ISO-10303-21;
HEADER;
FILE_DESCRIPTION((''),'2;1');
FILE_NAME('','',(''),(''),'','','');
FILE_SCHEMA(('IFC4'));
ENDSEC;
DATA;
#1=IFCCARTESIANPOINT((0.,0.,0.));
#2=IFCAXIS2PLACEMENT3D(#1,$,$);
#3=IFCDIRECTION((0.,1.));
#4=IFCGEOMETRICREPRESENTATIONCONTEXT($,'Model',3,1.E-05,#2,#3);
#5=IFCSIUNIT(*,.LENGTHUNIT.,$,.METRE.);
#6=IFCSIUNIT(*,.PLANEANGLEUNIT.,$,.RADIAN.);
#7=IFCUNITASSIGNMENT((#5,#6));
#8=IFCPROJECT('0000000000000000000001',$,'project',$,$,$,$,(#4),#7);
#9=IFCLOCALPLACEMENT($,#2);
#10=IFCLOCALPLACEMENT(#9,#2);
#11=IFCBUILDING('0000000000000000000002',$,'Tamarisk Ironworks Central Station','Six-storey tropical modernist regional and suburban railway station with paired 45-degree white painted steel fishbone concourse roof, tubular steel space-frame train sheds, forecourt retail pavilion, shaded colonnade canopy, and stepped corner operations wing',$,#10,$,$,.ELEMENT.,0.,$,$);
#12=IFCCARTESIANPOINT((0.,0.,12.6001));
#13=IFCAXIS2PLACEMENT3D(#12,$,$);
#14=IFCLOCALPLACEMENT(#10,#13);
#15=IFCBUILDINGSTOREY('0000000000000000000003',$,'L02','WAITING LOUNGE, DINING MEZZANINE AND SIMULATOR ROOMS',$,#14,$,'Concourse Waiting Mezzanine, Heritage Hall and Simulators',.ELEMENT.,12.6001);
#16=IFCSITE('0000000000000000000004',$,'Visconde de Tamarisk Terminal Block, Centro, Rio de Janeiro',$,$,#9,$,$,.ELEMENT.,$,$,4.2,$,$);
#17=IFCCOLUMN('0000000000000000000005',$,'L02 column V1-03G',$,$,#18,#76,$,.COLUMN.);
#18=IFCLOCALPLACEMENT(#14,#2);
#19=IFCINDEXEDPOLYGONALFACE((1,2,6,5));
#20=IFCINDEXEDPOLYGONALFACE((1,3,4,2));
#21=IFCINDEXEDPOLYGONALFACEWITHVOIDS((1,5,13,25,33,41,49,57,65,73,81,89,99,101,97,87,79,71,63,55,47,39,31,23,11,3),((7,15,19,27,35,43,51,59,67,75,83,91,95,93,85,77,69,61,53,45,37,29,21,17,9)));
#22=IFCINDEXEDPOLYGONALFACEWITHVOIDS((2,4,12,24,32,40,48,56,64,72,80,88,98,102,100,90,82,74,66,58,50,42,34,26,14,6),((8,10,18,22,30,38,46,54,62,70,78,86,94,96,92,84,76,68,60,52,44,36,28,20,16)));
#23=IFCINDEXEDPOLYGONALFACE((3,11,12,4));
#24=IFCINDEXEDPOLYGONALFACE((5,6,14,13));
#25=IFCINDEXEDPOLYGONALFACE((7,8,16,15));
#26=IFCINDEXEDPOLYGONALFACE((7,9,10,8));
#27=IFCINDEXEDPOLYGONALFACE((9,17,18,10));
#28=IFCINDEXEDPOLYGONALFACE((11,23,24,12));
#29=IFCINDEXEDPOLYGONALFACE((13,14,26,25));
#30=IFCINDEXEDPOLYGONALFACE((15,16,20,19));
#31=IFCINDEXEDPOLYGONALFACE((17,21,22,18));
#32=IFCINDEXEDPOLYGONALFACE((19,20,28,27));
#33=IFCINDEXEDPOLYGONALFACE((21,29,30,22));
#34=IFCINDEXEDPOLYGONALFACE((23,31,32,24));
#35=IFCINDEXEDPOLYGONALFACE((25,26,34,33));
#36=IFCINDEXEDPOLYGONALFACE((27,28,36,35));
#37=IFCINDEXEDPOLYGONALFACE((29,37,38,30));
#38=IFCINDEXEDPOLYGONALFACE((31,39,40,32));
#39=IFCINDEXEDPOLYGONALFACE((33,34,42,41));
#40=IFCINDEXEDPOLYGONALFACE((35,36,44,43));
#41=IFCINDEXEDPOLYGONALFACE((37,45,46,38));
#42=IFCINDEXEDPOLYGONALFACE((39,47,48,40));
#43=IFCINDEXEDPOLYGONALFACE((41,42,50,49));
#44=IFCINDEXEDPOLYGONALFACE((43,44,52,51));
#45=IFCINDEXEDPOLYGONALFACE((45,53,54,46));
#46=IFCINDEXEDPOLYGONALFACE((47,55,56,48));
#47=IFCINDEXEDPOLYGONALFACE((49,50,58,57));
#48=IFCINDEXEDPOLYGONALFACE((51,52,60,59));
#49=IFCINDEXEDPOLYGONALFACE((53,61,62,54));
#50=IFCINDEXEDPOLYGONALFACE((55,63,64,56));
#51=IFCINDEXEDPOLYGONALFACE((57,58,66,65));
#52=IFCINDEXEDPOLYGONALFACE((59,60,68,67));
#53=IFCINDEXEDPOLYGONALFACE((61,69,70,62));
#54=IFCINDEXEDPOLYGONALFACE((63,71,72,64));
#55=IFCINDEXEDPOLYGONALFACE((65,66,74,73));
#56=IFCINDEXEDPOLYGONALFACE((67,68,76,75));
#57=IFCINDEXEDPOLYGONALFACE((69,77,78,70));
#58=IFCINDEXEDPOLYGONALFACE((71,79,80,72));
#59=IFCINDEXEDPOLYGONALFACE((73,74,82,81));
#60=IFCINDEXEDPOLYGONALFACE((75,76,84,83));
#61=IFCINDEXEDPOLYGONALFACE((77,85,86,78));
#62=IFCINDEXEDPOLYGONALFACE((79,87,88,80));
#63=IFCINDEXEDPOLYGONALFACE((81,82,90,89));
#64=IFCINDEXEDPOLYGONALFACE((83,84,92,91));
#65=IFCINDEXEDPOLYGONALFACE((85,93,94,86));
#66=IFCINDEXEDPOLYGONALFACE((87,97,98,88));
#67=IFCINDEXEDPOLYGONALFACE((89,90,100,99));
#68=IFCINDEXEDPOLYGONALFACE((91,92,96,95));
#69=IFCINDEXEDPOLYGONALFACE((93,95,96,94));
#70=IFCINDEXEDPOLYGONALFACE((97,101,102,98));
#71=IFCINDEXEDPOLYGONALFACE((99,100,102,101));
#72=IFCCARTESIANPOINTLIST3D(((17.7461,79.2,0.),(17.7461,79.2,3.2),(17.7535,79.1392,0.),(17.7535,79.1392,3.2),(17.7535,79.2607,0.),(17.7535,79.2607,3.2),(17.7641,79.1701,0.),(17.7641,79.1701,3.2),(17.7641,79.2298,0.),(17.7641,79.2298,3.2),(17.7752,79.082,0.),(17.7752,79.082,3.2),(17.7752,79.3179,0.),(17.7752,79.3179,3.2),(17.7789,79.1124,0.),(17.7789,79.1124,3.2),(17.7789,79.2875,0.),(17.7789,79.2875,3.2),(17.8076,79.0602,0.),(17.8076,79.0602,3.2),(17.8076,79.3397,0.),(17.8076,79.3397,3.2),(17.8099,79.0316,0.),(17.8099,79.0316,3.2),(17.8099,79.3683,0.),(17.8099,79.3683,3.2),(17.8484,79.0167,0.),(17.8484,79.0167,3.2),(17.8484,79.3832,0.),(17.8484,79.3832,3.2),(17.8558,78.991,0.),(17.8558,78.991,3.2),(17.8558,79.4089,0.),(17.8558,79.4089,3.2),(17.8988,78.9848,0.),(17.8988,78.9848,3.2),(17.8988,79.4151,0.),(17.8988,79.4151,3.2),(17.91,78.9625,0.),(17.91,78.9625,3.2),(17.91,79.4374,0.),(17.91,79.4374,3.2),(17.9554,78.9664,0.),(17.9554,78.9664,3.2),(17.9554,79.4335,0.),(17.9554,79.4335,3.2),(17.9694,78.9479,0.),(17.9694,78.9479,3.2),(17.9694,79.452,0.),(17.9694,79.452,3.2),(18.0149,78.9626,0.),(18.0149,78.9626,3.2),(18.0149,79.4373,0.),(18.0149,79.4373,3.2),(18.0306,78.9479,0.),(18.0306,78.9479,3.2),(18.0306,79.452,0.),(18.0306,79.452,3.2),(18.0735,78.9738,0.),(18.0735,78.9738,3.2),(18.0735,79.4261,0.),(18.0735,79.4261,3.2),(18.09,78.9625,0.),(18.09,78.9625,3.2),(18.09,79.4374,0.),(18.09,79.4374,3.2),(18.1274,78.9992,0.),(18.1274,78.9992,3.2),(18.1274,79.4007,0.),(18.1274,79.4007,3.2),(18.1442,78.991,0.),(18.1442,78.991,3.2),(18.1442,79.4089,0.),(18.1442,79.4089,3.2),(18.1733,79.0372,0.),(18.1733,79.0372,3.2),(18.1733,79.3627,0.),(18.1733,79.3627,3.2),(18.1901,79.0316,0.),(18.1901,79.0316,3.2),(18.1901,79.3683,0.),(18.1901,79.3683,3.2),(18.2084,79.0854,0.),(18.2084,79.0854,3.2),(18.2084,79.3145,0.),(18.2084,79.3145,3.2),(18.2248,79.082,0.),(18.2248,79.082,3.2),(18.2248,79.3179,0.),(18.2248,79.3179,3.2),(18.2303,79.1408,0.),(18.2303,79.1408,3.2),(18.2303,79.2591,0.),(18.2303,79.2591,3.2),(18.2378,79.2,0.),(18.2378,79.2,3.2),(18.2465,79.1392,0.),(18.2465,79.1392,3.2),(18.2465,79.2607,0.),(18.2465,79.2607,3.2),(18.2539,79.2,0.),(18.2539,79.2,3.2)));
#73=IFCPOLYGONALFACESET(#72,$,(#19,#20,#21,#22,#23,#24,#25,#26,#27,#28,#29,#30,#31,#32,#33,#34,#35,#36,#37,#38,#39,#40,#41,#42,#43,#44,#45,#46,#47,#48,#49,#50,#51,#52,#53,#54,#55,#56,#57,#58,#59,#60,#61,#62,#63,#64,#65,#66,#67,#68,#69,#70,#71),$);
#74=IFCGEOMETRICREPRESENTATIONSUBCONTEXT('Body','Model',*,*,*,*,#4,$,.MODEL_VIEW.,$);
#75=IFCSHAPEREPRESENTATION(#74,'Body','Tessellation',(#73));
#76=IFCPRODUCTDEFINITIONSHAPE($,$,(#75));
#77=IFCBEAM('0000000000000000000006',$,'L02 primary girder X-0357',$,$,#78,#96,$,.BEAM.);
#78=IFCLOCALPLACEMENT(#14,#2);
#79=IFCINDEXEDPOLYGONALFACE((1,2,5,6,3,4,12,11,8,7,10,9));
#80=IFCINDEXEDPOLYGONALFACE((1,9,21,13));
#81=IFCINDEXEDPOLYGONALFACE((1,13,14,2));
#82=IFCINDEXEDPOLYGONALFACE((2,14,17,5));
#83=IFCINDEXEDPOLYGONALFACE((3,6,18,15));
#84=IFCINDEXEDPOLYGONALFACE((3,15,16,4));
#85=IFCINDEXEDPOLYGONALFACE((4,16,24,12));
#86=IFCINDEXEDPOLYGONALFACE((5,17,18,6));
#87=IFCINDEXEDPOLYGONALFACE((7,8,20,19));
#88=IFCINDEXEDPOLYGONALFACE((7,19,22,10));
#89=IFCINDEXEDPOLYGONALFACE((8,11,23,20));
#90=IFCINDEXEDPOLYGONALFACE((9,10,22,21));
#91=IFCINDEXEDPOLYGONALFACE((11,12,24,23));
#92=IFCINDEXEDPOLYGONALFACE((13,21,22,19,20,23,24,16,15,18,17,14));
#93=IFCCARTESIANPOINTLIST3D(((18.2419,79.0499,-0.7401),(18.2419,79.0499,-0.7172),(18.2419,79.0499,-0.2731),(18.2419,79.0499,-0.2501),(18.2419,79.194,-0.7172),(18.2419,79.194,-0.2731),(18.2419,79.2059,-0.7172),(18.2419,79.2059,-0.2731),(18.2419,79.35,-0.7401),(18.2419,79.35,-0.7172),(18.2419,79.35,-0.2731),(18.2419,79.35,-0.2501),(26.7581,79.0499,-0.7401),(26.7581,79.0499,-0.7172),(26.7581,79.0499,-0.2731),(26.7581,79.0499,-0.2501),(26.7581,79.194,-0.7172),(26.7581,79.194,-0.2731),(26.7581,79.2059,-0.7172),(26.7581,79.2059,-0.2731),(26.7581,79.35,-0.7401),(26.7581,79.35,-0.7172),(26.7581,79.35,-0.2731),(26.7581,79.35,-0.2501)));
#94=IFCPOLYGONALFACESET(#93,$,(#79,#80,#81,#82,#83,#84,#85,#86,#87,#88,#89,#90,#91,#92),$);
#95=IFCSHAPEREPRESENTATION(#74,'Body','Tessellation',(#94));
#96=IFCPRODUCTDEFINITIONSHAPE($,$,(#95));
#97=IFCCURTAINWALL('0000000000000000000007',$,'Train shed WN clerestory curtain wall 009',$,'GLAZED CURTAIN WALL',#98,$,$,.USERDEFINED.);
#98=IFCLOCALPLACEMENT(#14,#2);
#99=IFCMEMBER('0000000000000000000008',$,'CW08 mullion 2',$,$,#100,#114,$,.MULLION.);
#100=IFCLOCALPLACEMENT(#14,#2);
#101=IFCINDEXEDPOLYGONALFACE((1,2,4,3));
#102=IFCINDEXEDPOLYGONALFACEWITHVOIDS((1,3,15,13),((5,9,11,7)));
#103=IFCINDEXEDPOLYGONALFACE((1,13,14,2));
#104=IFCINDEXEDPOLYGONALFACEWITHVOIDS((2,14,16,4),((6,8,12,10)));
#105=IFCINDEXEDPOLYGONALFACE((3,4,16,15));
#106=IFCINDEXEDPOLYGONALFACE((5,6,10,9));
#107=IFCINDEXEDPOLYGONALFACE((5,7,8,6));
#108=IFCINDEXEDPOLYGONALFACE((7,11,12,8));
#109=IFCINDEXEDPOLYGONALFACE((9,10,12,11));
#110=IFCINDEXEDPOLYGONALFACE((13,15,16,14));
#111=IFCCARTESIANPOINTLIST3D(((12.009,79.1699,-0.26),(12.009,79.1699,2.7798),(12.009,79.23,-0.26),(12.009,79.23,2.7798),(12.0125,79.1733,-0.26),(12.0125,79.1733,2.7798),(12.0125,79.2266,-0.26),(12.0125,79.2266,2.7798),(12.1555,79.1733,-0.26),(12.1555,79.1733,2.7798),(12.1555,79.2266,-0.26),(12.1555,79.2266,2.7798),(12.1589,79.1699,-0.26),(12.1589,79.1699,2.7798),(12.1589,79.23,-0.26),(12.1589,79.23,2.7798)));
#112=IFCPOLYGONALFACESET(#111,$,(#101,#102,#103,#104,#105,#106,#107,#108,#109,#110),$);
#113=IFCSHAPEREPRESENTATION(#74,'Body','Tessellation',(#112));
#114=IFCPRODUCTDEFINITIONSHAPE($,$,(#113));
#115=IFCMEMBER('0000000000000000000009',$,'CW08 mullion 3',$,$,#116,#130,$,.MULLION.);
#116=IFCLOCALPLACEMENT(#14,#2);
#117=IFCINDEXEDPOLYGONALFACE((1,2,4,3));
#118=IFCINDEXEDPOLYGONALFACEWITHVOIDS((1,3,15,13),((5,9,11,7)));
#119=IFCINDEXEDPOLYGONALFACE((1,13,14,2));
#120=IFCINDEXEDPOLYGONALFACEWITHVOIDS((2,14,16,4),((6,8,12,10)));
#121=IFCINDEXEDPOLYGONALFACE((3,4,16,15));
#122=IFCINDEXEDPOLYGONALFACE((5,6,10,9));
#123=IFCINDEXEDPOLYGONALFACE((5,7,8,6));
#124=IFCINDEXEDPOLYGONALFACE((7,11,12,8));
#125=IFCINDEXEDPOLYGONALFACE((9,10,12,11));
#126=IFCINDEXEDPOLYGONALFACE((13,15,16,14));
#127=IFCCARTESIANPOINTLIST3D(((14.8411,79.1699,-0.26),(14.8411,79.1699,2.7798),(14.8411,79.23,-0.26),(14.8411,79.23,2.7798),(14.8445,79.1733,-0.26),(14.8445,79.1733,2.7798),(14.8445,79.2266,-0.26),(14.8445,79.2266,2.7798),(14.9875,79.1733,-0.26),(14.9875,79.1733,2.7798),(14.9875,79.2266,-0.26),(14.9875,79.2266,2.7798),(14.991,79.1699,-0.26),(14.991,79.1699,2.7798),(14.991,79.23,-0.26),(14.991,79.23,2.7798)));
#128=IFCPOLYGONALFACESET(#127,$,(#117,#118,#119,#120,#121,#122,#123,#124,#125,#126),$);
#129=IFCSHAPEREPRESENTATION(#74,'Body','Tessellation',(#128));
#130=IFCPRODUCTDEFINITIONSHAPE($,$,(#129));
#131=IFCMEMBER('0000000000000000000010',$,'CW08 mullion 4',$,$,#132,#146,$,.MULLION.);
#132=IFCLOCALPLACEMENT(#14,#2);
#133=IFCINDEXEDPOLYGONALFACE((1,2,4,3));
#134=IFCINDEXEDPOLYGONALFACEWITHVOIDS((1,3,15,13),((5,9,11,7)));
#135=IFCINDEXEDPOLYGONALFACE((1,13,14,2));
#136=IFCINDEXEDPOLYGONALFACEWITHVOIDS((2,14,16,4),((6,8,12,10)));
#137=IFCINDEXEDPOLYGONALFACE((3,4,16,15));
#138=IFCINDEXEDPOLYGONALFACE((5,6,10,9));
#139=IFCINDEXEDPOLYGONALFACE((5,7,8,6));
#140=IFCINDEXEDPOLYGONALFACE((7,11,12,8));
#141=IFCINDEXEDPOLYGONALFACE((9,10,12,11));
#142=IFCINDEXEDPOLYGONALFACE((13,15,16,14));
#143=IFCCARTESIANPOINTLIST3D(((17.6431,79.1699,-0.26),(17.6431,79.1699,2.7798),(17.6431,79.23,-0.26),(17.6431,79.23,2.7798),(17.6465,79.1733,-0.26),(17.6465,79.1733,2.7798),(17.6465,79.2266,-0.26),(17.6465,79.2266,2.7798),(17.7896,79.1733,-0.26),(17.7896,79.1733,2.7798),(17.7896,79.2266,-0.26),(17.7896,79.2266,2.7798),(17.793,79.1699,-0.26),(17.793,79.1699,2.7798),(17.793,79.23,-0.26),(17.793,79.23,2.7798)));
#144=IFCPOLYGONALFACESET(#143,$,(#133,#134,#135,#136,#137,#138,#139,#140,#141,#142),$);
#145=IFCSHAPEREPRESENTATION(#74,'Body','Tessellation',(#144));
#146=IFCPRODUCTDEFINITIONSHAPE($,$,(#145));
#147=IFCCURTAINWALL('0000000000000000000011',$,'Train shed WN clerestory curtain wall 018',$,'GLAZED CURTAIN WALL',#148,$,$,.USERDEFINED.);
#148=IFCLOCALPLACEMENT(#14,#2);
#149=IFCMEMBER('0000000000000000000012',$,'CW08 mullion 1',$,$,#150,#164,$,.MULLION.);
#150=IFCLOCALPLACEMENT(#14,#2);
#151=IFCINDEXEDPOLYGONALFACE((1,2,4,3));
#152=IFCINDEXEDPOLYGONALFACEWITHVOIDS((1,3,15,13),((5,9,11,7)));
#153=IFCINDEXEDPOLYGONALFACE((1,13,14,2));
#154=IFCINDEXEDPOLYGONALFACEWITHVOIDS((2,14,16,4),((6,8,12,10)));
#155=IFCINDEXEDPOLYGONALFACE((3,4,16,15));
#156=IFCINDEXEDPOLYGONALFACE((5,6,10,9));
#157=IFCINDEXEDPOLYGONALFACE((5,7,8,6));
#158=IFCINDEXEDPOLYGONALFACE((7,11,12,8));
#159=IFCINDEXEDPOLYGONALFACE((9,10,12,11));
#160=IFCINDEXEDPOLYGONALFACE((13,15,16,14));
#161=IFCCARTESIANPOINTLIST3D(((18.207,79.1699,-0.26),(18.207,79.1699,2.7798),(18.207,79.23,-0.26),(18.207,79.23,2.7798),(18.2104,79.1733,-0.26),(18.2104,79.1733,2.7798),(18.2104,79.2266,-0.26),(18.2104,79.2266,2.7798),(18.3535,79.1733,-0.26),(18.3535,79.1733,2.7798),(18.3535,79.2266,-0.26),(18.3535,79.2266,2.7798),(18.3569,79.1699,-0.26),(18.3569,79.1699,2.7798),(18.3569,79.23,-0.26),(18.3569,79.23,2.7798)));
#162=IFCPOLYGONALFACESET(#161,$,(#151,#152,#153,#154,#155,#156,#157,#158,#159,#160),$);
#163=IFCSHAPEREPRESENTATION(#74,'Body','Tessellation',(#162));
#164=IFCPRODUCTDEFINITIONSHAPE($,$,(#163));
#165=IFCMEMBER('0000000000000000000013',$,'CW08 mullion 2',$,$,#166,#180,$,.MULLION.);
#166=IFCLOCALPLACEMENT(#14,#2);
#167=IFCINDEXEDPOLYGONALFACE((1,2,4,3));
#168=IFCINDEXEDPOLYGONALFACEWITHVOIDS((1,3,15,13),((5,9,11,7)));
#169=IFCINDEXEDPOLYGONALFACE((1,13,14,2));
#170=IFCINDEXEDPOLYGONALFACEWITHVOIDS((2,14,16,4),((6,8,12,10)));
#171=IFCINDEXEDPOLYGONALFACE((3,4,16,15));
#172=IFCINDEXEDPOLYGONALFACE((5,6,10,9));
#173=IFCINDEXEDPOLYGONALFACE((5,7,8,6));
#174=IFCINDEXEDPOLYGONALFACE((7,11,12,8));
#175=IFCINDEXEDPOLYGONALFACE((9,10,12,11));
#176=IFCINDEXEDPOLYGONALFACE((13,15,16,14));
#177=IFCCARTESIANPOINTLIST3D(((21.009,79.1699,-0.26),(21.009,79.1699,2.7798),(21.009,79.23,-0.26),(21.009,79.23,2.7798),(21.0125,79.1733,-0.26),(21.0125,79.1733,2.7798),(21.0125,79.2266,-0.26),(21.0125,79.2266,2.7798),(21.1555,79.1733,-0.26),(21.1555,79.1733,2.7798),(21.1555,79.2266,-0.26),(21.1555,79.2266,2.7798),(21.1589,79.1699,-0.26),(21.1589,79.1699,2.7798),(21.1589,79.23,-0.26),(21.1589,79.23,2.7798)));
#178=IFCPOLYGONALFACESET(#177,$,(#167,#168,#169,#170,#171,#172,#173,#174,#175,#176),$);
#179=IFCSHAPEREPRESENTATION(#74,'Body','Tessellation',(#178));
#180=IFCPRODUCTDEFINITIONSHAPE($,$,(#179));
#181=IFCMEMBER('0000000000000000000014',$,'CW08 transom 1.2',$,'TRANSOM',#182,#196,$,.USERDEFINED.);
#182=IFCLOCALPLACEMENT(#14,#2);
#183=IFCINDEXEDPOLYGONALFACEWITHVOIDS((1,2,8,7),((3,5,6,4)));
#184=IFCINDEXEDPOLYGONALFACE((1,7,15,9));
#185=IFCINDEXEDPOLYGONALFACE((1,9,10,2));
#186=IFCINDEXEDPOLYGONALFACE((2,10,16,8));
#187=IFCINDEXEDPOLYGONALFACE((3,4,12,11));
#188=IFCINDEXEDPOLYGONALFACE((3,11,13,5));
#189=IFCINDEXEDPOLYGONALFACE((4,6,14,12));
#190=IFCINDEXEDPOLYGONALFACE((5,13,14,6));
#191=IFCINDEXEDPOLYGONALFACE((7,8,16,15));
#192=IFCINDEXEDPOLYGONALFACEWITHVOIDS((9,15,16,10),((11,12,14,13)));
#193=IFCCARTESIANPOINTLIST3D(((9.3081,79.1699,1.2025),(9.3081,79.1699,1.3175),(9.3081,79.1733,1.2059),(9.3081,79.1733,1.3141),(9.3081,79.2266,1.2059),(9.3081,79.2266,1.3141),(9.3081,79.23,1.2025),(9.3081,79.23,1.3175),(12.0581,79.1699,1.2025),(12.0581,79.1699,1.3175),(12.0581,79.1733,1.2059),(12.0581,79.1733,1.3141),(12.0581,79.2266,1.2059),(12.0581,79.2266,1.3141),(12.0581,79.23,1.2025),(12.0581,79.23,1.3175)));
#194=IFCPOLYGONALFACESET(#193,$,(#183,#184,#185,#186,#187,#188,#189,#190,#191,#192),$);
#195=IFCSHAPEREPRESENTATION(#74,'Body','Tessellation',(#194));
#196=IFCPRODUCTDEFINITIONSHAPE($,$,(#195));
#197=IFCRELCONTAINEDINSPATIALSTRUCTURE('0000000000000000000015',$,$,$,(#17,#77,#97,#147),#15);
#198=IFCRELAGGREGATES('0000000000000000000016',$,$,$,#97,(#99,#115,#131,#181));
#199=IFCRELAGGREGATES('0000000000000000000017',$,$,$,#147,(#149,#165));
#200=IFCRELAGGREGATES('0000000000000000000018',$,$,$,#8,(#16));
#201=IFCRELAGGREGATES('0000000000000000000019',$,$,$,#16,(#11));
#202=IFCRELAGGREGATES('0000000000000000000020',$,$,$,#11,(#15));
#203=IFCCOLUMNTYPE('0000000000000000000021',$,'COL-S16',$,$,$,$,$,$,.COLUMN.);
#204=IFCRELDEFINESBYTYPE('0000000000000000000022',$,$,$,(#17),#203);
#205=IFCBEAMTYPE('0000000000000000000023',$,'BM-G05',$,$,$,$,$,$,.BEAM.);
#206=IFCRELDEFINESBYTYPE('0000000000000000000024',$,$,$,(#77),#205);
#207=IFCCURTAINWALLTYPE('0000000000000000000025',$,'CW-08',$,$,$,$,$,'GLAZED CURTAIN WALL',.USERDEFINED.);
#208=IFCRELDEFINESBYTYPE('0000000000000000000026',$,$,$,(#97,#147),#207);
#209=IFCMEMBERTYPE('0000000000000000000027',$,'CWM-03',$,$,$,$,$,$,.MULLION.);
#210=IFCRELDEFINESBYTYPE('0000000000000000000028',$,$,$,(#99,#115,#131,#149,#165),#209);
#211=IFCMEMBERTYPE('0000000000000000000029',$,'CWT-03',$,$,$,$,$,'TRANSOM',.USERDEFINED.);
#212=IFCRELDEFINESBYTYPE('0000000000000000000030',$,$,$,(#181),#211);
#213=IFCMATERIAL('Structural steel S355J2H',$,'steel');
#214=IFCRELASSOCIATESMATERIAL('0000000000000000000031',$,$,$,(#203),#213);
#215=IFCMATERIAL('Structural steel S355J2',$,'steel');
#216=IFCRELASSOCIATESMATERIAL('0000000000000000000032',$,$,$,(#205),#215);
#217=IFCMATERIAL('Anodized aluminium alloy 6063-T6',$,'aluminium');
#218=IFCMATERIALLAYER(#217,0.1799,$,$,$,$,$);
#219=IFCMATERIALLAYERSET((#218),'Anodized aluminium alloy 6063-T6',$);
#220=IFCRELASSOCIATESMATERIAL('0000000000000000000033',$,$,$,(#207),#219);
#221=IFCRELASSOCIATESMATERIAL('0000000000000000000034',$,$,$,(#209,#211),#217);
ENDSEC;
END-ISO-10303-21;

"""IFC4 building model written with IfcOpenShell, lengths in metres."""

from ifc_helpers import new_model, si_unit, direction, frame, origin, origin_2d, place, context, subcontext, project, spatial, hollow_rectangle, hollow_circle, i_section, extrude, material, layer, layer_set, material_profile, profile_set, type_object, element, aggregate, save


model = new_model("IFC4")

# Units and contexts
model_context = context("Model", 3, precision=1e-05, world=origin(), true_north=direction((0.0, 1.0)))
body_context = subcontext(model_context, "Body", "Model", "MODEL_VIEW")
ifc_project = project(units=[si_unit("LENGTHUNIT", "METRE"), si_unit("PLANEANGLEUNIT", "RADIAN")], contexts=[model_context])

# Site, building, storey
site_placement = place(None, origin())
site = spatial("IfcSite", under=ifc_project, at=site_placement, Name="Visconde de Tamarisk Terminal Block, Centro, Rio de Janeiro", CompositionType="ELEMENT", RefElevation=4.2)
building_placement = place(site_placement, origin())
building = spatial("IfcBuilding", under=site, at=building_placement, Name="Tamarisk Ironworks Central Station", Description="Six-storey tropical modernist regional and suburban railway station with paired 45-degree white painted steel fishbone concourse roof, tubular steel space-frame train sheds, forecourt retail pavilion, shaded colonnade canopy, and stepped corner operations wing", CompositionType="ELEMENT", ElevationOfRefHeight=0.0)
storey_placement = place(building_placement, frame((0.0, 0.0, 12.6001)))
storey = spatial("IfcBuildingStorey", under=building, at=storey_placement, Name="L02", Description="WAITING LOUNGE, DINING MEZZANINE AND SIMULATOR ROOMS", LongName="Concourse Waiting Mezzanine, Heritage Hall and Simulators", CompositionType="ELEMENT", Elevation=12.6001)

# Column
ifc_material_1 = material(Name="Structural steel S355J2H", Category="steel")
ifc_material_profile_1 = material_profile(ifc_material_1, hollow_circle(Radius=0.2539, WallThickness=0.0161, at=origin_2d()), Name="CHS 508x16")
ifc_profile_set_1 = profile_set([ifc_material_profile_1], Name="Structural steel S355J2H")
column_type = type_object("IfcColumnType", Name="COL-S16", PredefinedType="COLUMN", material=ifc_profile_set_1)
column_placement = place(storey_placement, frame((18.0, 79.2, 0.0), z_axis=(0.0, 0.0, 1.0), x_axis=(1.0, 0.0, 0.0)))
element("IfcColumn", 1, at=column_placement, inside=storey, type_object=column_type, Name="L02 column V1-03G", PredefinedType="COLUMN", context=body_context, shape_type="SweptSolid", body=[
    extrude(hollow_circle(Radius=0.2539, WallThickness=0.0161, at=origin_2d()), origin(), (0.0, 0.0, 1.0), 3.2),
])

# Beam
ifc_material_2 = material(Name="Structural steel S355J2", Category="steel")
ifc_material_profile_2 = material_profile(ifc_material_2, i_section(OverallWidth=0.3, OverallDepth=0.49, WebThickness=0.012, FlangeThickness=0.0229, at=origin_2d()), Name="HEA 500")
ifc_profile_set_2 = profile_set([ifc_material_profile_2], Name="Structural steel S355J2")
beam_type = type_object("IfcBeamType", Name="BM-G05", PredefinedType="BEAM", material=ifc_profile_set_2)
beam_placement = place(storey_placement, frame((18.2419, 79.2, -0.4951), z_axis=(1.0, 0.0, 0.0), x_axis=(0.0, 1.0, 0.0)))
element("IfcBeam", 2, at=beam_placement, inside=storey, type_object=beam_type, Name="L02 primary girder X-0357", PredefinedType="BEAM", context=body_context, shape_type="SweptSolid", body=[
    extrude(i_section(OverallWidth=0.3, OverallDepth=0.49, WebThickness=0.012, FlangeThickness=0.0229, at=origin_2d()), origin(), (0.0, 0.0, 1.0), 8.5161),
])

# Curtain walls, members
ifc_material_3 = material(Name="Anodized aluminium alloy 6063-T6", Category="aluminium")
ifc_layer_1 = layer(ifc_material_3, 0.1799)
ifc_layer_set_1 = layer_set([ifc_layer_1], Name="Anodized aluminium alloy 6063-T6")
curtain_wall_type = type_object("IfcCurtainWallType", Name="CW-08", ElementType="GLAZED CURTAIN WALL", PredefinedType="USERDEFINED", material=ifc_layer_set_1)
curtain_wall_1_placement = place(storey_placement, origin())
curtain_wall_1 = element("IfcCurtainWall", 3, at=curtain_wall_1_placement, inside=storey, type_object=curtain_wall_type, Name="Train shed WN clerestory curtain wall 009", ObjectType="GLAZED CURTAIN WALL", PredefinedType="USERDEFINED")
ifc_material_profile_3 = material_profile(ifc_material_3, hollow_rectangle(XDim=0.0601, YDim=0.1499, WallThickness=0.0034, at=origin_2d()), Name="ALUM 150x60")
ifc_profile_set_3 = profile_set([ifc_material_profile_3], Name="Anodized aluminium alloy 6063-T6")
member_type_1 = type_object("IfcMemberType", Name="CWM-03", PredefinedType="MULLION", material=ifc_profile_set_3)
member_1_placement = place(storey_placement, frame((12.084, 79.2, -0.26), z_axis=(0.0, 0.0, 1.0), x_axis=(0.0, 1.0, 0.0)))
member_1 = element("IfcMember", 4, at=member_1_placement, type_object=member_type_1, Name="CW08 mullion 2", PredefinedType="MULLION", context=body_context, shape_type="SweptSolid", body=[
    extrude(hollow_rectangle(XDim=0.0601, YDim=0.1499, WallThickness=0.0034, at=origin_2d()), origin(), (0.0, 0.0, 1.0), 3.0398),
])
member_2_placement = place(storey_placement, frame((14.916, 79.2, -0.26), z_axis=(0.0, 0.0, 1.0), x_axis=(0.0, 1.0, 0.0)))
member_2 = element("IfcMember", 5, at=member_2_placement, type_object=member_type_1, Name="CW08 mullion 3", PredefinedType="MULLION", context=body_context, shape_type="SweptSolid", body=[
    extrude(hollow_rectangle(XDim=0.0601, YDim=0.1499, WallThickness=0.0034, at=origin_2d()), origin(), (0.0, 0.0, 1.0), 3.0398),
])
member_3_placement = place(storey_placement, frame((17.718, 79.2, -0.26), z_axis=(0.0, 0.0, 1.0), x_axis=(0.0, 1.0, 0.0)))
member_3 = element("IfcMember", 6, at=member_3_placement, type_object=member_type_1, Name="CW08 mullion 4", PredefinedType="MULLION", context=body_context, shape_type="SweptSolid", body=[
    extrude(hollow_rectangle(XDim=0.0601, YDim=0.1499, WallThickness=0.0034, at=origin_2d()), origin(), (0.0, 0.0, 1.0), 3.0398),
])
curtain_wall_2_placement = place(storey_placement, origin())
curtain_wall_2 = element("IfcCurtainWall", 7, at=curtain_wall_2_placement, inside=storey, type_object=curtain_wall_type, Name="Train shed WN clerestory curtain wall 018", ObjectType="GLAZED CURTAIN WALL", PredefinedType="USERDEFINED")
member_4_placement = place(storey_placement, frame((18.282, 79.2, -0.26), z_axis=(0.0, 0.0, 1.0), x_axis=(0.0, 1.0, 0.0)))
member_4 = element("IfcMember", 8, at=member_4_placement, type_object=member_type_1, Name="CW08 mullion 1", PredefinedType="MULLION", context=body_context, shape_type="SweptSolid", body=[
    extrude(hollow_rectangle(XDim=0.0601, YDim=0.1499, WallThickness=0.0034, at=origin_2d()), origin(), (0.0, 0.0, 1.0), 3.0398),
])
member_5_placement = place(storey_placement, frame((21.084, 79.2, -0.26), z_axis=(0.0, 0.0, 1.0), x_axis=(0.0, 1.0, 0.0)))
member_5 = element("IfcMember", 9, at=member_5_placement, type_object=member_type_1, Name="CW08 mullion 2", PredefinedType="MULLION", context=body_context, shape_type="SweptSolid", body=[
    extrude(hollow_rectangle(XDim=0.0601, YDim=0.1499, WallThickness=0.0034, at=origin_2d()), origin(), (0.0, 0.0, 1.0), 3.0398),
])

# Member
ifc_material_profile_4 = material_profile(ifc_material_3, hollow_rectangle(XDim=0.0601, YDim=0.115, WallThickness=0.0034, at=origin_2d()), Name="ALUM 115x60")
ifc_profile_set_4 = profile_set([ifc_material_profile_4], Name="Anodized aluminium alloy 6063-T6")
member_type_2 = type_object("IfcMemberType", Name="CWT-03", ElementType="TRANSOM", PredefinedType="USERDEFINED", material=ifc_profile_set_4)
member_6_placement = place(storey_placement, frame((9.3081, 79.2, 1.26), z_axis=(1.0, 0.0, 0.0), x_axis=(0.0, 1.0, 0.0)))
member_6 = element("IfcMember", 10, at=member_6_placement, type_object=member_type_2, Name="CW08 transom 1.2", ObjectType="TRANSOM", PredefinedType="USERDEFINED", context=body_context, shape_type="SweptSolid", body=[
    extrude(hollow_rectangle(XDim=0.0601, YDim=0.115, WallThickness=0.0034, at=origin_2d()), origin(), (0.0, 0.0, 1.0), 2.75),
])

aggregate(curtain_wall_1, [member_1, member_2, member_3, member_6])
aggregate(curtain_wall_2, [member_4, member_5])

save(model, "model.ifc")
